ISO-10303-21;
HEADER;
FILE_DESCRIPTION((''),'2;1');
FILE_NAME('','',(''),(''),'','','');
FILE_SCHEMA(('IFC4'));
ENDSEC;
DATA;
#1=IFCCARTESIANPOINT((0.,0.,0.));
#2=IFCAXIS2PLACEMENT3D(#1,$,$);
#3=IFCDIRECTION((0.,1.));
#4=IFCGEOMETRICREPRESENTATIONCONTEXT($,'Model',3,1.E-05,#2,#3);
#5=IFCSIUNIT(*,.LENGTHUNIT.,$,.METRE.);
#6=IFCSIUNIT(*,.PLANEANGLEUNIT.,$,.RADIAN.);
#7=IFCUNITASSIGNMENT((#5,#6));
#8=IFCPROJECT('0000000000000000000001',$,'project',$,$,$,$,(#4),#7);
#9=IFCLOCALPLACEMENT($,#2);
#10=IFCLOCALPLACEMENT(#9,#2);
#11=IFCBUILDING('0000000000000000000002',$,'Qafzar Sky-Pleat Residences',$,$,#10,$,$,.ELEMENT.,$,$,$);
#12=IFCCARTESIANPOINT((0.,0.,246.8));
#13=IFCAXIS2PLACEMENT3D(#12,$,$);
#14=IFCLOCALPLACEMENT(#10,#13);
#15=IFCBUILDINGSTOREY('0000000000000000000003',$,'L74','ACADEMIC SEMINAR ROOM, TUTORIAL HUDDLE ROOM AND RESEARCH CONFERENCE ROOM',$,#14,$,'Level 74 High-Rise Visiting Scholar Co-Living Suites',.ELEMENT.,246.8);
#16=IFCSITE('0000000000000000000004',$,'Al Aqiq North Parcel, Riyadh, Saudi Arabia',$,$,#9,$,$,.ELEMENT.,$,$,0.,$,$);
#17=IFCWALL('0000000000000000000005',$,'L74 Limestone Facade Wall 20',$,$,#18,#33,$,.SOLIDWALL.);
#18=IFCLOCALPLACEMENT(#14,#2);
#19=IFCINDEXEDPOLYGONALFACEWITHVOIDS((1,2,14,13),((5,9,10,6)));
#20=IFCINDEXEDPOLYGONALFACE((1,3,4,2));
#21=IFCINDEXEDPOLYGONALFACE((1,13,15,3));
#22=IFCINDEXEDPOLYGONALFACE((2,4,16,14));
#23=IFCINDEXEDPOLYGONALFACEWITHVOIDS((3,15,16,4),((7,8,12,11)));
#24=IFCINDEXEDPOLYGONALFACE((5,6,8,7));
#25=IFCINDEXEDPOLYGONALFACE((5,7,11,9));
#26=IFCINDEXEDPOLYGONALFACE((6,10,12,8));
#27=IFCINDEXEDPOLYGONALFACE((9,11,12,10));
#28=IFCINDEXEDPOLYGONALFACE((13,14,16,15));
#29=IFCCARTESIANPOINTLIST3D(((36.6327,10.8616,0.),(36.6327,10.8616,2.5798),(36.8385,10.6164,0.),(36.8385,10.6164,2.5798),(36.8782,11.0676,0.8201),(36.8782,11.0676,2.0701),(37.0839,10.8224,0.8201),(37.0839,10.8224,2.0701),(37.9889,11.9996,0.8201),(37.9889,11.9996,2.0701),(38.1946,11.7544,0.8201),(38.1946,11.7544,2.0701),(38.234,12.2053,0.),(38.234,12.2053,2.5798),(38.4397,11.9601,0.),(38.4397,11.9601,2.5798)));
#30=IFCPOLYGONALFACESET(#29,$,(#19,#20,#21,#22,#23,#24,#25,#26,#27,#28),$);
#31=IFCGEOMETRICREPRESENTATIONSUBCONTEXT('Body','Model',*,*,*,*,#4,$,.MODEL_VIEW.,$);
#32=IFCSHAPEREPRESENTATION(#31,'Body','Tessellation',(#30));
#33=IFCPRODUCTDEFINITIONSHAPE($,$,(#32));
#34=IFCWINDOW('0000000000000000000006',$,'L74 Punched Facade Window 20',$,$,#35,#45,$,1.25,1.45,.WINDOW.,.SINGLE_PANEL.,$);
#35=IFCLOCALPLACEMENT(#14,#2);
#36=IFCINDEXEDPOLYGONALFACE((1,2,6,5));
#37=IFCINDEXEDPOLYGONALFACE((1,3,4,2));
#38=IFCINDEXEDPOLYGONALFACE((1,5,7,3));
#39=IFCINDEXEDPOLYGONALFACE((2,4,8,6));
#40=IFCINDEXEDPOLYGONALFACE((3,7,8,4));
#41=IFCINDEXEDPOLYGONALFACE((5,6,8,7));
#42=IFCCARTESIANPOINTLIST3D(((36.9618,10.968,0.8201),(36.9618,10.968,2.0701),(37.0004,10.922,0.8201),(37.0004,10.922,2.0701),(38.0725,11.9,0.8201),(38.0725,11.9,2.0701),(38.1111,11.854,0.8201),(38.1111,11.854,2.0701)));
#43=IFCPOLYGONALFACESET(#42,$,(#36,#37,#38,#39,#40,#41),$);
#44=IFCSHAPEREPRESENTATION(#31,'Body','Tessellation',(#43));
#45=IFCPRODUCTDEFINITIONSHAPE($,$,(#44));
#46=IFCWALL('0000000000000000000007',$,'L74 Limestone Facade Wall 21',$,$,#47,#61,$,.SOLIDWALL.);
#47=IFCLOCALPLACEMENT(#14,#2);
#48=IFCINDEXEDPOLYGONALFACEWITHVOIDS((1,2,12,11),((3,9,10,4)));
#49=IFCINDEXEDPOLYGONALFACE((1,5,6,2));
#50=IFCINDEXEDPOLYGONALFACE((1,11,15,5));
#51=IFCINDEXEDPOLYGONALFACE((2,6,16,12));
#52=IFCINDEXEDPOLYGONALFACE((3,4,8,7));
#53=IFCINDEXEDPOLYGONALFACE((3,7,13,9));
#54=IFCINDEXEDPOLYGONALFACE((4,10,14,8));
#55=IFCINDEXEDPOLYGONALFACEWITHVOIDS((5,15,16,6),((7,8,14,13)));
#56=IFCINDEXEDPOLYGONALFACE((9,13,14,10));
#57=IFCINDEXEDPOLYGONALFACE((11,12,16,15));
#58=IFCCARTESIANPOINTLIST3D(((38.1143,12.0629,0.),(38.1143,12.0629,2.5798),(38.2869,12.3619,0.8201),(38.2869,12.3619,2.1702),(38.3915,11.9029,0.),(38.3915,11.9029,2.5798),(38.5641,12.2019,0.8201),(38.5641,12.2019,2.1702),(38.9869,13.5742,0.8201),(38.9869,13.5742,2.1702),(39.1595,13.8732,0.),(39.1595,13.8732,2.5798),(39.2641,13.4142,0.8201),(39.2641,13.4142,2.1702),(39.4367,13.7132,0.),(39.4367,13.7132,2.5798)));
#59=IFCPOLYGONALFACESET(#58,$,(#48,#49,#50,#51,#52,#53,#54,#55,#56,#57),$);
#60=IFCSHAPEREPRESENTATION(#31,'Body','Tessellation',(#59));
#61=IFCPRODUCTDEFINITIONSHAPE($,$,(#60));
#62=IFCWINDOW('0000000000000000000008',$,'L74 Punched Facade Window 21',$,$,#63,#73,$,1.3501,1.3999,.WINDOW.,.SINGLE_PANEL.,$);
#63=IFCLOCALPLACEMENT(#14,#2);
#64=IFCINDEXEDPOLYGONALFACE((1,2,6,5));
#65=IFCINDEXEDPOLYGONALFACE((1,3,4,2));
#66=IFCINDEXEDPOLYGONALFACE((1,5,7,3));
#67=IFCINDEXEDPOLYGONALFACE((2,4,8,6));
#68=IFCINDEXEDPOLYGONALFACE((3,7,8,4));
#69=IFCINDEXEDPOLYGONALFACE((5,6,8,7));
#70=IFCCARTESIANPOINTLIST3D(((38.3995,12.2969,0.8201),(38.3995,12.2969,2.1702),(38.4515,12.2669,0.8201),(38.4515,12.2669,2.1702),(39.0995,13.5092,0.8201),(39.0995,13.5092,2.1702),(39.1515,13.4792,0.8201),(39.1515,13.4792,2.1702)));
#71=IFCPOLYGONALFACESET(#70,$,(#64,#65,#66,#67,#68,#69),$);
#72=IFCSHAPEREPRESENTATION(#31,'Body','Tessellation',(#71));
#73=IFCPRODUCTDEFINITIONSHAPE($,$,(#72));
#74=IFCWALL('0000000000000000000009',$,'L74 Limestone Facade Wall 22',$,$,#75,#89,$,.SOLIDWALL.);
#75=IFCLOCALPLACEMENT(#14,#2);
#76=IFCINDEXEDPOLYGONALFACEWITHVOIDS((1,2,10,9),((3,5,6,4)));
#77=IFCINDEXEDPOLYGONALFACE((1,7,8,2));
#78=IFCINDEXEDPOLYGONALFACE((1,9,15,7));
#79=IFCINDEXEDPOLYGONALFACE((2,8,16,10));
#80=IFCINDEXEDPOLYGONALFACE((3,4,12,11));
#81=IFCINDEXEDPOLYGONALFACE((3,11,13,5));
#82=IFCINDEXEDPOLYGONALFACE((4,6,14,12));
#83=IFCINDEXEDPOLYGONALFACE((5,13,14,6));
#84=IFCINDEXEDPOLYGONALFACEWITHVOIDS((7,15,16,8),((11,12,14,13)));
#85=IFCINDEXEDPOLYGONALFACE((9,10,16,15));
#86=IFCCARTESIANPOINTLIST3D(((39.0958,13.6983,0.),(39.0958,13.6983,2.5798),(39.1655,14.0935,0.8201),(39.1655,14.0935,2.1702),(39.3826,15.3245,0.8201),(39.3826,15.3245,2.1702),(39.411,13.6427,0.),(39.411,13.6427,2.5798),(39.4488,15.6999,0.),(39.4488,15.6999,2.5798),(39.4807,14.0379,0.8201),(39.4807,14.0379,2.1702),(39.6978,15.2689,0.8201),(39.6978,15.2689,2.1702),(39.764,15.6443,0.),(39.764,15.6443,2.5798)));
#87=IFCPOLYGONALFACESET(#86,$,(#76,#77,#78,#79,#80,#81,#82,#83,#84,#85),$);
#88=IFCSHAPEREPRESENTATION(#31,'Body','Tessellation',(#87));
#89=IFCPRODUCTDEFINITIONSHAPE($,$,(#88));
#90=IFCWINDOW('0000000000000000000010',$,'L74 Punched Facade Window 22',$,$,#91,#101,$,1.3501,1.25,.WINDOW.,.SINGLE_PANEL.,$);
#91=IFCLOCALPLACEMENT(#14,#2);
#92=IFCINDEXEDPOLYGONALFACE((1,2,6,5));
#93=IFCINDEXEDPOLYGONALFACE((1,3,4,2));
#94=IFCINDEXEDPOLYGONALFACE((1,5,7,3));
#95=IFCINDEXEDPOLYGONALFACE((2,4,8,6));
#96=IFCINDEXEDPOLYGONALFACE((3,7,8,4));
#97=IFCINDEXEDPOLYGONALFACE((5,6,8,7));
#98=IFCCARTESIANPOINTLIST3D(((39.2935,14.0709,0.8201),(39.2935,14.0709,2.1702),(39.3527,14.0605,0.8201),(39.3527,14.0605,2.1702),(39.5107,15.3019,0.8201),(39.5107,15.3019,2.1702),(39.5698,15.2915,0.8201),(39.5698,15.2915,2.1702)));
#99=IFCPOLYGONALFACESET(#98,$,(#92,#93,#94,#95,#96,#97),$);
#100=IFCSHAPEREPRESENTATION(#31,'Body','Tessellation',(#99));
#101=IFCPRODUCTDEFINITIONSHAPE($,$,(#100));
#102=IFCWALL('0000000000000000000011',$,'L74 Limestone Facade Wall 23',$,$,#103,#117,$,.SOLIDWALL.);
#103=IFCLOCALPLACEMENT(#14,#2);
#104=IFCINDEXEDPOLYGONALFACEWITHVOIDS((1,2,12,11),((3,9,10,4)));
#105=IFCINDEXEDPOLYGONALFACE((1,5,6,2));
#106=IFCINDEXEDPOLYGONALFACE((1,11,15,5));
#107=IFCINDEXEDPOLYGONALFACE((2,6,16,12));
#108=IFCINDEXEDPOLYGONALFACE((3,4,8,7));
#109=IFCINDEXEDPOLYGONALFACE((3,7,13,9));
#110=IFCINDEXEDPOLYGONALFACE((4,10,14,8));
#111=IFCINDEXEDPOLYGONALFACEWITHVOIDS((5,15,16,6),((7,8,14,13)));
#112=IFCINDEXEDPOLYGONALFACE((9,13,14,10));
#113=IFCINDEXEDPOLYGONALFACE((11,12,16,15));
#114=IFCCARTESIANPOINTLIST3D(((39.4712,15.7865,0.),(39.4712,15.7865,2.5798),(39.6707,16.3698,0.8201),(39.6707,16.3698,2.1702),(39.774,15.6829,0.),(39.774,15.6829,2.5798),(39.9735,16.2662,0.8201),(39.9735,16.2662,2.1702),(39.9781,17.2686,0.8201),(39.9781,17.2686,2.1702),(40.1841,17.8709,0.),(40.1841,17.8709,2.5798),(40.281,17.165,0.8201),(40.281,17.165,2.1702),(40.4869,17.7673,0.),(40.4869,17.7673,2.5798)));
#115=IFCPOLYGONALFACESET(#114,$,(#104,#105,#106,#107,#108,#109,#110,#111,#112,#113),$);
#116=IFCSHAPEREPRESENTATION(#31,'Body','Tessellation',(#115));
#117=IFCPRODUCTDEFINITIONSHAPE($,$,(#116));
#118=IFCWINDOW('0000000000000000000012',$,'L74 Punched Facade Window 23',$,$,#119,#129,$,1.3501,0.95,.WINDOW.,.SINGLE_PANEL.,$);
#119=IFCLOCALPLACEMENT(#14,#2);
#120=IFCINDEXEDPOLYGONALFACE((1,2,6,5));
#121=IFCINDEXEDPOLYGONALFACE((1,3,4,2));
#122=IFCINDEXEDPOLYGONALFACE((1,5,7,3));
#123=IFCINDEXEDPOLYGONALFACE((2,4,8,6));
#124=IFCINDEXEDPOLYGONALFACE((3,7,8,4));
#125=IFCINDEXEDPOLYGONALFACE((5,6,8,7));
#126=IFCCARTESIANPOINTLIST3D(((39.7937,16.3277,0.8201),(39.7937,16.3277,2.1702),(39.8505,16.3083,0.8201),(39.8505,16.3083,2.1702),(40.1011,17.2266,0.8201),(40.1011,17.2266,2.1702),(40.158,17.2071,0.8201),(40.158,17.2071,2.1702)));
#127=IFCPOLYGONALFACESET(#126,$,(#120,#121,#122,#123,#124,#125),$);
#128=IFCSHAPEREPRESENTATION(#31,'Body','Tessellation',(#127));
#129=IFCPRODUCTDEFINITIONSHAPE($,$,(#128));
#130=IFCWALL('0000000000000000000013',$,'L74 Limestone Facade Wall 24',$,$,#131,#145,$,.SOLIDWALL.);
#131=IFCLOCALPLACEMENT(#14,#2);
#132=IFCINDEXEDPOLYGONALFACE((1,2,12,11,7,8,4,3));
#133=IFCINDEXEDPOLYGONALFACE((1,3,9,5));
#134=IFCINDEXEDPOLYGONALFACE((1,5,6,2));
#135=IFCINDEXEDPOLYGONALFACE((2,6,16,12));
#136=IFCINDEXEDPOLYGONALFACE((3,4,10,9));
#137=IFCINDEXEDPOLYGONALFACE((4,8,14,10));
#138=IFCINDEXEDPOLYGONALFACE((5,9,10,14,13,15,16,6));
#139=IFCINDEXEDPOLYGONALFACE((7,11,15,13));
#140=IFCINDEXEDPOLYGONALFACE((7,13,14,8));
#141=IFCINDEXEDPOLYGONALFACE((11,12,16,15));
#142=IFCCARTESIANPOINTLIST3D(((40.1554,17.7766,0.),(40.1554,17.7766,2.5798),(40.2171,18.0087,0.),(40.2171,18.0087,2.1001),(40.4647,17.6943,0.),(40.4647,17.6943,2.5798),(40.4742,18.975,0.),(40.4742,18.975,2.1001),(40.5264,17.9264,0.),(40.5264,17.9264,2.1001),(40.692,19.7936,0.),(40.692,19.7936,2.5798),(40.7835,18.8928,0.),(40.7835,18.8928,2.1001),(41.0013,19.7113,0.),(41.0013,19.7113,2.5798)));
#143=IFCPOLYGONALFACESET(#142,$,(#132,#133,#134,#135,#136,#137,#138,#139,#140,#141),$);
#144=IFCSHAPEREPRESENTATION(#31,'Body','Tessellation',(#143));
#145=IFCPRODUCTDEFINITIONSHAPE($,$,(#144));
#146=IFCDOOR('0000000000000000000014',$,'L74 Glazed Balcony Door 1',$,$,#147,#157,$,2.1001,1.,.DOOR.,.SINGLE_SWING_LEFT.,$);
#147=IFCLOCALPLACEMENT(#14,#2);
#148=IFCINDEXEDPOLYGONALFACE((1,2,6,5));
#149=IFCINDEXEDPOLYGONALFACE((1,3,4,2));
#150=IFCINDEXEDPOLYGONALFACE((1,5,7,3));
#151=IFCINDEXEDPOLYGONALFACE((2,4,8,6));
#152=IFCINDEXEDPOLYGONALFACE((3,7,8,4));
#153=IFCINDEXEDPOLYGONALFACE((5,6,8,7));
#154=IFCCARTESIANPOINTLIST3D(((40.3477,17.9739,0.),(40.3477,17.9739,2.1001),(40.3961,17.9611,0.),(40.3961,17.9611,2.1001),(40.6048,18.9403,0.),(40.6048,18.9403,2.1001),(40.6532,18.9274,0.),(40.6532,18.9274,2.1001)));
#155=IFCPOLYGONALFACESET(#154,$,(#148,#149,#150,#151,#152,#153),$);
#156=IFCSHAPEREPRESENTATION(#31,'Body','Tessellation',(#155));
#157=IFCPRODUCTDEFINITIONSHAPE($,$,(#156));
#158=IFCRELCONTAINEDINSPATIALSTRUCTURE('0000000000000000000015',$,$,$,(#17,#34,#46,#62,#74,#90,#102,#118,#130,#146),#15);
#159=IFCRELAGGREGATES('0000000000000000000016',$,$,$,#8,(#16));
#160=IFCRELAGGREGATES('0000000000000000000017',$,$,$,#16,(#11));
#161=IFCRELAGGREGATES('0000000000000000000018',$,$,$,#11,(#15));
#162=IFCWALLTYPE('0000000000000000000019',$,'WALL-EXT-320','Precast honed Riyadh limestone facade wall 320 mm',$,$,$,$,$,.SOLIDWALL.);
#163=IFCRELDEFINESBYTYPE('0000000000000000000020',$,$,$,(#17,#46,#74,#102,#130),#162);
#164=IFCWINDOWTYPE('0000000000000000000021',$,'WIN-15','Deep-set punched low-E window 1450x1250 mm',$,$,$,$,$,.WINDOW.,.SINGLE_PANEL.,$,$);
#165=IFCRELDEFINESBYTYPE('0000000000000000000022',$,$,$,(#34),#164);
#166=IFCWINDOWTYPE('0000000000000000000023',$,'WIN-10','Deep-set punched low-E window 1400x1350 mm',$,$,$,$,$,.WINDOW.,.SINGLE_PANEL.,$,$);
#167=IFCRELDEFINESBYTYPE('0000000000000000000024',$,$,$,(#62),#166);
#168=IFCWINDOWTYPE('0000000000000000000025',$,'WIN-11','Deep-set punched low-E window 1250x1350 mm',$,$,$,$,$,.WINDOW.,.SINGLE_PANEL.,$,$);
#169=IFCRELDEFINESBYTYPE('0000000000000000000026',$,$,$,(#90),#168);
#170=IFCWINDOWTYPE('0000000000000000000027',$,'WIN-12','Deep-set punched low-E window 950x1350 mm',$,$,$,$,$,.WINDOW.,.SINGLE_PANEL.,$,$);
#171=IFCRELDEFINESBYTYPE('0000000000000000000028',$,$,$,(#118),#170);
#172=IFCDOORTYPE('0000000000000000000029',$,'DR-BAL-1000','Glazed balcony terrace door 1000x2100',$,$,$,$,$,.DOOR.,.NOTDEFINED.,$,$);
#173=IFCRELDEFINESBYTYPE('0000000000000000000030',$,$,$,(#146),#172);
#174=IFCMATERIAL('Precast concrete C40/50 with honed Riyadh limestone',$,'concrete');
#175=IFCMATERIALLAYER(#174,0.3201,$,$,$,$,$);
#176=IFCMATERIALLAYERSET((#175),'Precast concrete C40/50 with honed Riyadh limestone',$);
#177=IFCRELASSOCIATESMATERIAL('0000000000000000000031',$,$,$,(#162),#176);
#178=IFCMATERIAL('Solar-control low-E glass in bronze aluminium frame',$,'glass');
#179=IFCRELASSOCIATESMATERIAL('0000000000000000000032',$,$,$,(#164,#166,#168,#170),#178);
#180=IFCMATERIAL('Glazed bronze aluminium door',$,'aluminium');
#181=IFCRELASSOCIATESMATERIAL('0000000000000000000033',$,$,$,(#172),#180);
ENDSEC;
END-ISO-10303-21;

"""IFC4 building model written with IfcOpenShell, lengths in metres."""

from ifc_helpers import new_model, si_unit, direction, frame, frame_2d, origin, place, context, subcontext, project, spatial, rectangle, extrude, source, transform, mapped, material, layer, layer_set, type_object, element, fill, save


model = new_model("IFC4")

# Units and contexts
model_context = context("Model", 3, precision=1e-05, world=origin(), true_north=direction((0.0, 1.0)))
body_context = subcontext(model_context, "Body", "Model", "MODEL_VIEW")
ifc_project = project(units=[si_unit("LENGTHUNIT", "METRE"), si_unit("PLANEANGLEUNIT", "RADIAN")], contexts=[model_context])

# Site, building, storey
site_placement = place(None, origin())
site = spatial("IfcSite", under=ifc_project, at=site_placement, Name="Al Aqiq North Parcel, Riyadh, Saudi Arabia", CompositionType="ELEMENT", RefElevation=0.0)
building_placement = place(site_placement, origin())
building = spatial("IfcBuilding", under=site, at=building_placement, Name="Qafzar Sky-Pleat Residences", CompositionType="ELEMENT")
storey_placement = place(building_placement, frame((0.0, 0.0, 246.8)))
storey = spatial("IfcBuildingStorey", under=building, at=storey_placement, Name="L74", Description="ACADEMIC SEMINAR ROOM, TUTORIAL HUDDLE ROOM AND RESEARCH CONFERENCE ROOM", LongName="Level 74 High-Rise Visiting Scholar Co-Living Suites", CompositionType="ELEMENT", Elevation=246.8)

# Walls, openings, windows
ifc_material_1 = material(Name="Precast concrete C40/50 with honed Riyadh limestone", Category="concrete")
ifc_layer_1 = layer(ifc_material_1, 0.3201)
ifc_layer_set_1 = layer_set([ifc_layer_1], Name="Precast concrete C40/50 with honed Riyadh limestone")
wall_type_1 = type_object("IfcWallType", Name="WALL-EXT-320", Description="Precast honed Riyadh limestone facade wall 320 mm", PredefinedType="SOLIDWALL", material=ifc_layer_set_1)
wall_1_placement = place(storey_placement, frame((36.7356, 10.739, 0.0), z_axis=(0.0, 0.0, 1.0), x_axis=(0.766025, 0.642811, 0.0)))
wall_1 = element("IfcWall", 1, at=wall_1_placement, inside=storey, type_object=wall_type_1, Name="L74 Limestone Facade Wall 20", PredefinedType="SOLIDWALL", context=body_context, shape_type="SweptSolid", body=[
    extrude(rectangle(XDim=2.0903, YDim=0.3201, at=frame_2d((1.0452, 0.0))), origin(), (0.0, 0.0, 1.0), 2.5798),
])
opening_1_placement = place(wall_1_placement, frame((0.3203, 0.0, 0.8201)))
opening_1 = element("IfcOpeningElement", 2, at=opening_1_placement, cuts=wall_1, PredefinedType="OPENING", context=body_context, shape_type="SweptSolid", body=[
    extrude(rectangle(XDim=1.45, YDim=1.25, at=frame_2d((0.7251, 0.625))), frame((0.0, 0.1699, 0.0), z_axis=(0.0, -1.0, 0.0), x_axis=(1.0, 0.0, 0.0)), (0.0, 0.0, 1.0), 0.3401),
])
ifc_material_2 = material(Name="Solar-control low-E glass in bronze aluminium frame", Category="glass")
window_type_1 = type_object("IfcWindowType", Name="WIN-15", Description="Deep-set punched low-E window 1450x1250 mm", PartitioningType="SINGLE_PANEL", PredefinedType="WINDOW", material=ifc_material_2)
shared_shape_1 = source(origin(), body_context, "Body", "SweptSolid", [
    extrude(rectangle(XDim=1.45, YDim=1.25, at=frame_2d((0.7251, 0.625))), frame((0.0, 0.03, 0.0), z_axis=(0.0, -1.0, 0.0), x_axis=(1.0, 0.0, 0.0)), (0.0, 0.0, 1.0), 0.0601),
])
window_1_placement = place(opening_1_placement, origin())
window_1 = element("IfcWindow", 3, at=window_1_placement, inside=storey, type_object=window_type_1, Name="L74 Punched Facade Window 20", OverallHeight=1.25, OverallWidth=1.45, PartitioningType="SINGLE_PANEL", PredefinedType="WINDOW", context=body_context, shape_type="MappedRepresentation", body=[
    mapped(shared_shape_1, transform((0.0, 0.0, 0.0), x_axis=(1.0, 0.0, 0.0), y_axis=(0.0, 1.0, 0.0), z_axis=(0.0, 0.0, 1.0), scale=1.0)),
])
fill(opening_1, window_1)
wall_2_placement = place(storey_placement, frame((38.2529, 11.9829, 0.0), z_axis=(0.0, 0.0, 1.0), x_axis=(0.499995, 0.866028, 0.0)))
wall_2 = element("IfcWall", 4, at=wall_2_placement, inside=storey, type_object=wall_type_1, Name="L74 Limestone Facade Wall 21", PredefinedType="SOLIDWALL", context=body_context, shape_type="SweptSolid", body=[
    extrude(rectangle(XDim=2.0903, YDim=0.3201, at=frame_2d((1.0452, 0.0))), origin(), (0.0, 0.0, 1.0), 2.5798),
])
opening_2_placement = place(wall_2_placement, frame((0.3452, 0.0, 0.8201)))
opening_2 = element("IfcOpeningElement", 5, at=opening_2_placement, cuts=wall_2, PredefinedType="OPENING", context=body_context, shape_type="SweptSolid", body=[
    extrude(rectangle(XDim=1.3999, YDim=1.3501, at=frame_2d((0.7, 0.675))), frame((0.0, 0.1699, 0.0), z_axis=(0.0, -1.0, 0.0), x_axis=(1.0, 0.0, 0.0)), (0.0, 0.0, 1.0), 0.3401),
])
window_type_2 = type_object("IfcWindowType", Name="WIN-10", Description="Deep-set punched low-E window 1400x1350 mm", PartitioningType="SINGLE_PANEL", PredefinedType="WINDOW", material=ifc_material_2)
shared_shape_2 = source(origin(), body_context, "Body", "SweptSolid", [
    extrude(rectangle(XDim=1.3999, YDim=1.3501, at=frame_2d((0.7, 0.675))), frame((0.0, 0.03, 0.0), z_axis=(0.0, -1.0, 0.0), x_axis=(1.0, 0.0, 0.0)), (0.0, 0.0, 1.0), 0.0601),
])
window_2_placement = place(opening_2_placement, origin())
window_2 = element("IfcWindow", 6, at=window_2_placement, inside=storey, type_object=window_type_2, Name="L74 Punched Facade Window 21", OverallHeight=1.3501, OverallWidth=1.3999, PartitioningType="SINGLE_PANEL", PredefinedType="WINDOW", context=body_context, shape_type="MappedRepresentation", body=[
    mapped(shared_shape_2, transform((0.0, 0.0, 0.0), x_axis=(1.0, 0.0, 0.0), y_axis=(0.0, 1.0, 0.0), z_axis=(0.0, 0.0, 1.0), scale=1.0)),
])
fill(opening_2, window_2)
wall_3_placement = place(storey_placement, frame((39.2534, 13.6707, 0.0), z_axis=(0.0, 0.0, 1.0), x_axis=(0.173703, 0.984798, 0.0)))
wall_3 = element("IfcWall", 7, at=wall_3_placement, inside=storey, type_object=wall_type_1, Name="L74 Limestone Facade Wall 22", PredefinedType="SOLIDWALL", context=body_context, shape_type="SweptSolid", body=[
    extrude(rectangle(XDim=2.0325, YDim=0.3201, at=frame_2d((1.0161, 0.0))), origin(), (0.0, 0.0, 1.0), 2.5798),
])
opening_3_placement = place(wall_3_placement, frame((0.4011, 0.0, 0.8201)))
opening_3 = element("IfcOpeningElement", 8, at=opening_3_placement, cuts=wall_3, PredefinedType="OPENING", context=body_context, shape_type="SweptSolid", body=[
    extrude(rectangle(XDim=1.25, YDim=1.3501, at=frame_2d((0.625, 0.675))), frame((0.0, 0.1699, 0.0), z_axis=(0.0, -1.0, 0.0), x_axis=(1.0, 0.0, 0.0)), (0.0, 0.0, 1.0), 0.3401),
])
window_type_3 = type_object("IfcWindowType", Name="WIN-11", Description="Deep-set punched low-E window 1250x1350 mm", PartitioningType="SINGLE_PANEL", PredefinedType="WINDOW", material=ifc_material_2)
shared_shape_3 = source(origin(), body_context, "Body", "SweptSolid", [
    extrude(rectangle(XDim=1.25, YDim=1.3501, at=frame_2d((0.625, 0.675))), frame((0.0, 0.03, 0.0), z_axis=(0.0, -1.0, 0.0), x_axis=(1.0, 0.0, 0.0)), (0.0, 0.0, 1.0), 0.0601),
])
window_3_placement = place(opening_3_placement, origin())
window_3 = element("IfcWindow", 9, at=window_3_placement, inside=storey, type_object=window_type_3, Name="L74 Punched Facade Window 22", OverallHeight=1.3501, OverallWidth=1.25, PartitioningType="SINGLE_PANEL", PredefinedType="WINDOW", context=body_context, shape_type="MappedRepresentation", body=[
    mapped(shared_shape_3, transform((0.0, 0.0, 0.0), x_axis=(1.0, 0.0, 0.0), y_axis=(0.0, 1.0, 0.0), z_axis=(0.0, 0.0, 1.0), scale=1.0)),
])
fill(opening_3, window_3)
wall_4_placement = place(storey_placement, frame((39.6226, 15.7346, 0.0), z_axis=(0.0, 0.0, 1.0), x_axis=(0.323633, 0.946183, 0.0)))
wall_4 = element("IfcWall", 10, at=wall_4_placement, inside=storey, type_object=wall_type_1, Name="L74 Limestone Facade Wall 23", PredefinedType="SOLIDWALL", context=body_context, shape_type="SweptSolid", body=[
    extrude(rectangle(XDim=2.2029, YDim=0.3201, at=frame_2d((1.1016, 0.0))), origin(), (0.0, 0.0, 1.0), 2.5798),
])
opening_4_placement = place(wall_4_placement, frame((0.6165, 0.0, 0.8201)))
opening_4 = element("IfcOpeningElement", 11, at=opening_4_placement, cuts=wall_4, PredefinedType="OPENING", context=body_context, shape_type="SweptSolid", body=[
    extrude(rectangle(XDim=0.95, YDim=1.3501, at=frame_2d((0.4751, 0.675))), frame((0.0, 0.1699, 0.0), z_axis=(0.0, -1.0, 0.0), x_axis=(1.0, 0.0, 0.0)), (0.0, 0.0, 1.0), 0.3401),
])
window_type_4 = type_object("IfcWindowType", Name="WIN-12", Description="Deep-set punched low-E window 950x1350 mm", PartitioningType="SINGLE_PANEL", PredefinedType="WINDOW", material=ifc_material_2)
shared_shape_4 = source(origin(), body_context, "Body", "SweptSolid", [
    extrude(rectangle(XDim=0.95, YDim=1.3501, at=frame_2d((0.4751, 0.675))), frame((0.0, 0.03, 0.0), z_axis=(0.0, -1.0, 0.0), x_axis=(1.0, 0.0, 0.0)), (0.0, 0.0, 1.0), 0.0601),
])
window_4_placement = place(opening_4_placement, origin())
window_4 = element("IfcWindow", 12, at=window_4_placement, inside=storey, type_object=window_type_4, Name="L74 Punched Facade Window 23", OverallHeight=1.3501, OverallWidth=0.95, PartitioningType="SINGLE_PANEL", PredefinedType="WINDOW", context=body_context, shape_type="MappedRepresentation", body=[
    mapped(shared_shape_4, transform((0.0, 0.0, 0.0), x_axis=(1.0, 0.0, 0.0), y_axis=(0.0, 1.0, 0.0), z_axis=(0.0, 0.0, 1.0), scale=1.0)),
])
fill(opening_4, window_4)

# Wall, opening, door
wall_5_placement = place(storey_placement, frame((40.3101, 17.7356, 0.0), z_axis=(0.0, 0.0, 1.0), x_axis=(0.257095, 0.966386, 0.0)))
wall_5 = element("IfcWall", 13, at=wall_5_placement, inside=storey, type_object=wall_type_1, Name="L74 Limestone Facade Wall 24", PredefinedType="SOLIDWALL", context=body_context, shape_type="SweptSolid", body=[
    extrude(rectangle(XDim=2.0872, YDim=0.3201, at=frame_2d((1.0435, 0.0))), origin(), (0.0, 0.0, 1.0), 2.5798),
])
opening_5_placement = place(wall_5_placement, frame((0.24, 0.0, 0.0)))
opening_5 = element("IfcOpeningElement", 14, at=opening_5_placement, cuts=wall_5, PredefinedType="OPENING", context=body_context, shape_type="SweptSolid", body=[
    extrude(rectangle(XDim=1.0, YDim=2.1001, at=frame_2d((0.5, 1.05))), frame((0.0, 0.1699, 0.0), z_axis=(0.0, -1.0, 0.0), x_axis=(1.0, 0.0, 0.0)), (0.0, 0.0, 1.0), 0.3401),
])
ifc_material_3 = material(Name="Glazed bronze aluminium door", Category="aluminium")
door_type_1 = type_object("IfcDoorType", Name="DR-BAL-1000", Description="Glazed balcony terrace door 1000x2100", OperationType="NOTDEFINED", PredefinedType="DOOR", material=ifc_material_3)
shared_shape_5 = source(origin(), body_context, "Body", "SweptSolid", [
    extrude(rectangle(XDim=1.0, YDim=2.1001, at=frame_2d((0.5, 1.05))), frame((0.0, 0.0249, 0.0), z_axis=(0.0, -1.0, 0.0), x_axis=(1.0, 0.0, 0.0)), (0.0, 0.0, 1.0), 0.05),
])
door_1_placement = place(opening_5_placement, origin())
door_1 = element("IfcDoor", 15, at=door_1_placement, inside=storey, type_object=door_type_1, Name="L74 Glazed Balcony Door 1", OperationType="SINGLE_SWING_LEFT", OverallHeight=2.1001, OverallWidth=1.0, PredefinedType="DOOR", context=body_context, shape_type="MappedRepresentation", body=[
    mapped(shared_shape_5, transform((0.0, 0.0, 0.0), x_axis=(1.0, 0.0, 0.0), y_axis=(0.0, 1.0, 0.0), z_axis=(0.0, 0.0, 1.0), scale=1.0)),
])
fill(opening_5, door_1)

save(model, "model.ifc")
